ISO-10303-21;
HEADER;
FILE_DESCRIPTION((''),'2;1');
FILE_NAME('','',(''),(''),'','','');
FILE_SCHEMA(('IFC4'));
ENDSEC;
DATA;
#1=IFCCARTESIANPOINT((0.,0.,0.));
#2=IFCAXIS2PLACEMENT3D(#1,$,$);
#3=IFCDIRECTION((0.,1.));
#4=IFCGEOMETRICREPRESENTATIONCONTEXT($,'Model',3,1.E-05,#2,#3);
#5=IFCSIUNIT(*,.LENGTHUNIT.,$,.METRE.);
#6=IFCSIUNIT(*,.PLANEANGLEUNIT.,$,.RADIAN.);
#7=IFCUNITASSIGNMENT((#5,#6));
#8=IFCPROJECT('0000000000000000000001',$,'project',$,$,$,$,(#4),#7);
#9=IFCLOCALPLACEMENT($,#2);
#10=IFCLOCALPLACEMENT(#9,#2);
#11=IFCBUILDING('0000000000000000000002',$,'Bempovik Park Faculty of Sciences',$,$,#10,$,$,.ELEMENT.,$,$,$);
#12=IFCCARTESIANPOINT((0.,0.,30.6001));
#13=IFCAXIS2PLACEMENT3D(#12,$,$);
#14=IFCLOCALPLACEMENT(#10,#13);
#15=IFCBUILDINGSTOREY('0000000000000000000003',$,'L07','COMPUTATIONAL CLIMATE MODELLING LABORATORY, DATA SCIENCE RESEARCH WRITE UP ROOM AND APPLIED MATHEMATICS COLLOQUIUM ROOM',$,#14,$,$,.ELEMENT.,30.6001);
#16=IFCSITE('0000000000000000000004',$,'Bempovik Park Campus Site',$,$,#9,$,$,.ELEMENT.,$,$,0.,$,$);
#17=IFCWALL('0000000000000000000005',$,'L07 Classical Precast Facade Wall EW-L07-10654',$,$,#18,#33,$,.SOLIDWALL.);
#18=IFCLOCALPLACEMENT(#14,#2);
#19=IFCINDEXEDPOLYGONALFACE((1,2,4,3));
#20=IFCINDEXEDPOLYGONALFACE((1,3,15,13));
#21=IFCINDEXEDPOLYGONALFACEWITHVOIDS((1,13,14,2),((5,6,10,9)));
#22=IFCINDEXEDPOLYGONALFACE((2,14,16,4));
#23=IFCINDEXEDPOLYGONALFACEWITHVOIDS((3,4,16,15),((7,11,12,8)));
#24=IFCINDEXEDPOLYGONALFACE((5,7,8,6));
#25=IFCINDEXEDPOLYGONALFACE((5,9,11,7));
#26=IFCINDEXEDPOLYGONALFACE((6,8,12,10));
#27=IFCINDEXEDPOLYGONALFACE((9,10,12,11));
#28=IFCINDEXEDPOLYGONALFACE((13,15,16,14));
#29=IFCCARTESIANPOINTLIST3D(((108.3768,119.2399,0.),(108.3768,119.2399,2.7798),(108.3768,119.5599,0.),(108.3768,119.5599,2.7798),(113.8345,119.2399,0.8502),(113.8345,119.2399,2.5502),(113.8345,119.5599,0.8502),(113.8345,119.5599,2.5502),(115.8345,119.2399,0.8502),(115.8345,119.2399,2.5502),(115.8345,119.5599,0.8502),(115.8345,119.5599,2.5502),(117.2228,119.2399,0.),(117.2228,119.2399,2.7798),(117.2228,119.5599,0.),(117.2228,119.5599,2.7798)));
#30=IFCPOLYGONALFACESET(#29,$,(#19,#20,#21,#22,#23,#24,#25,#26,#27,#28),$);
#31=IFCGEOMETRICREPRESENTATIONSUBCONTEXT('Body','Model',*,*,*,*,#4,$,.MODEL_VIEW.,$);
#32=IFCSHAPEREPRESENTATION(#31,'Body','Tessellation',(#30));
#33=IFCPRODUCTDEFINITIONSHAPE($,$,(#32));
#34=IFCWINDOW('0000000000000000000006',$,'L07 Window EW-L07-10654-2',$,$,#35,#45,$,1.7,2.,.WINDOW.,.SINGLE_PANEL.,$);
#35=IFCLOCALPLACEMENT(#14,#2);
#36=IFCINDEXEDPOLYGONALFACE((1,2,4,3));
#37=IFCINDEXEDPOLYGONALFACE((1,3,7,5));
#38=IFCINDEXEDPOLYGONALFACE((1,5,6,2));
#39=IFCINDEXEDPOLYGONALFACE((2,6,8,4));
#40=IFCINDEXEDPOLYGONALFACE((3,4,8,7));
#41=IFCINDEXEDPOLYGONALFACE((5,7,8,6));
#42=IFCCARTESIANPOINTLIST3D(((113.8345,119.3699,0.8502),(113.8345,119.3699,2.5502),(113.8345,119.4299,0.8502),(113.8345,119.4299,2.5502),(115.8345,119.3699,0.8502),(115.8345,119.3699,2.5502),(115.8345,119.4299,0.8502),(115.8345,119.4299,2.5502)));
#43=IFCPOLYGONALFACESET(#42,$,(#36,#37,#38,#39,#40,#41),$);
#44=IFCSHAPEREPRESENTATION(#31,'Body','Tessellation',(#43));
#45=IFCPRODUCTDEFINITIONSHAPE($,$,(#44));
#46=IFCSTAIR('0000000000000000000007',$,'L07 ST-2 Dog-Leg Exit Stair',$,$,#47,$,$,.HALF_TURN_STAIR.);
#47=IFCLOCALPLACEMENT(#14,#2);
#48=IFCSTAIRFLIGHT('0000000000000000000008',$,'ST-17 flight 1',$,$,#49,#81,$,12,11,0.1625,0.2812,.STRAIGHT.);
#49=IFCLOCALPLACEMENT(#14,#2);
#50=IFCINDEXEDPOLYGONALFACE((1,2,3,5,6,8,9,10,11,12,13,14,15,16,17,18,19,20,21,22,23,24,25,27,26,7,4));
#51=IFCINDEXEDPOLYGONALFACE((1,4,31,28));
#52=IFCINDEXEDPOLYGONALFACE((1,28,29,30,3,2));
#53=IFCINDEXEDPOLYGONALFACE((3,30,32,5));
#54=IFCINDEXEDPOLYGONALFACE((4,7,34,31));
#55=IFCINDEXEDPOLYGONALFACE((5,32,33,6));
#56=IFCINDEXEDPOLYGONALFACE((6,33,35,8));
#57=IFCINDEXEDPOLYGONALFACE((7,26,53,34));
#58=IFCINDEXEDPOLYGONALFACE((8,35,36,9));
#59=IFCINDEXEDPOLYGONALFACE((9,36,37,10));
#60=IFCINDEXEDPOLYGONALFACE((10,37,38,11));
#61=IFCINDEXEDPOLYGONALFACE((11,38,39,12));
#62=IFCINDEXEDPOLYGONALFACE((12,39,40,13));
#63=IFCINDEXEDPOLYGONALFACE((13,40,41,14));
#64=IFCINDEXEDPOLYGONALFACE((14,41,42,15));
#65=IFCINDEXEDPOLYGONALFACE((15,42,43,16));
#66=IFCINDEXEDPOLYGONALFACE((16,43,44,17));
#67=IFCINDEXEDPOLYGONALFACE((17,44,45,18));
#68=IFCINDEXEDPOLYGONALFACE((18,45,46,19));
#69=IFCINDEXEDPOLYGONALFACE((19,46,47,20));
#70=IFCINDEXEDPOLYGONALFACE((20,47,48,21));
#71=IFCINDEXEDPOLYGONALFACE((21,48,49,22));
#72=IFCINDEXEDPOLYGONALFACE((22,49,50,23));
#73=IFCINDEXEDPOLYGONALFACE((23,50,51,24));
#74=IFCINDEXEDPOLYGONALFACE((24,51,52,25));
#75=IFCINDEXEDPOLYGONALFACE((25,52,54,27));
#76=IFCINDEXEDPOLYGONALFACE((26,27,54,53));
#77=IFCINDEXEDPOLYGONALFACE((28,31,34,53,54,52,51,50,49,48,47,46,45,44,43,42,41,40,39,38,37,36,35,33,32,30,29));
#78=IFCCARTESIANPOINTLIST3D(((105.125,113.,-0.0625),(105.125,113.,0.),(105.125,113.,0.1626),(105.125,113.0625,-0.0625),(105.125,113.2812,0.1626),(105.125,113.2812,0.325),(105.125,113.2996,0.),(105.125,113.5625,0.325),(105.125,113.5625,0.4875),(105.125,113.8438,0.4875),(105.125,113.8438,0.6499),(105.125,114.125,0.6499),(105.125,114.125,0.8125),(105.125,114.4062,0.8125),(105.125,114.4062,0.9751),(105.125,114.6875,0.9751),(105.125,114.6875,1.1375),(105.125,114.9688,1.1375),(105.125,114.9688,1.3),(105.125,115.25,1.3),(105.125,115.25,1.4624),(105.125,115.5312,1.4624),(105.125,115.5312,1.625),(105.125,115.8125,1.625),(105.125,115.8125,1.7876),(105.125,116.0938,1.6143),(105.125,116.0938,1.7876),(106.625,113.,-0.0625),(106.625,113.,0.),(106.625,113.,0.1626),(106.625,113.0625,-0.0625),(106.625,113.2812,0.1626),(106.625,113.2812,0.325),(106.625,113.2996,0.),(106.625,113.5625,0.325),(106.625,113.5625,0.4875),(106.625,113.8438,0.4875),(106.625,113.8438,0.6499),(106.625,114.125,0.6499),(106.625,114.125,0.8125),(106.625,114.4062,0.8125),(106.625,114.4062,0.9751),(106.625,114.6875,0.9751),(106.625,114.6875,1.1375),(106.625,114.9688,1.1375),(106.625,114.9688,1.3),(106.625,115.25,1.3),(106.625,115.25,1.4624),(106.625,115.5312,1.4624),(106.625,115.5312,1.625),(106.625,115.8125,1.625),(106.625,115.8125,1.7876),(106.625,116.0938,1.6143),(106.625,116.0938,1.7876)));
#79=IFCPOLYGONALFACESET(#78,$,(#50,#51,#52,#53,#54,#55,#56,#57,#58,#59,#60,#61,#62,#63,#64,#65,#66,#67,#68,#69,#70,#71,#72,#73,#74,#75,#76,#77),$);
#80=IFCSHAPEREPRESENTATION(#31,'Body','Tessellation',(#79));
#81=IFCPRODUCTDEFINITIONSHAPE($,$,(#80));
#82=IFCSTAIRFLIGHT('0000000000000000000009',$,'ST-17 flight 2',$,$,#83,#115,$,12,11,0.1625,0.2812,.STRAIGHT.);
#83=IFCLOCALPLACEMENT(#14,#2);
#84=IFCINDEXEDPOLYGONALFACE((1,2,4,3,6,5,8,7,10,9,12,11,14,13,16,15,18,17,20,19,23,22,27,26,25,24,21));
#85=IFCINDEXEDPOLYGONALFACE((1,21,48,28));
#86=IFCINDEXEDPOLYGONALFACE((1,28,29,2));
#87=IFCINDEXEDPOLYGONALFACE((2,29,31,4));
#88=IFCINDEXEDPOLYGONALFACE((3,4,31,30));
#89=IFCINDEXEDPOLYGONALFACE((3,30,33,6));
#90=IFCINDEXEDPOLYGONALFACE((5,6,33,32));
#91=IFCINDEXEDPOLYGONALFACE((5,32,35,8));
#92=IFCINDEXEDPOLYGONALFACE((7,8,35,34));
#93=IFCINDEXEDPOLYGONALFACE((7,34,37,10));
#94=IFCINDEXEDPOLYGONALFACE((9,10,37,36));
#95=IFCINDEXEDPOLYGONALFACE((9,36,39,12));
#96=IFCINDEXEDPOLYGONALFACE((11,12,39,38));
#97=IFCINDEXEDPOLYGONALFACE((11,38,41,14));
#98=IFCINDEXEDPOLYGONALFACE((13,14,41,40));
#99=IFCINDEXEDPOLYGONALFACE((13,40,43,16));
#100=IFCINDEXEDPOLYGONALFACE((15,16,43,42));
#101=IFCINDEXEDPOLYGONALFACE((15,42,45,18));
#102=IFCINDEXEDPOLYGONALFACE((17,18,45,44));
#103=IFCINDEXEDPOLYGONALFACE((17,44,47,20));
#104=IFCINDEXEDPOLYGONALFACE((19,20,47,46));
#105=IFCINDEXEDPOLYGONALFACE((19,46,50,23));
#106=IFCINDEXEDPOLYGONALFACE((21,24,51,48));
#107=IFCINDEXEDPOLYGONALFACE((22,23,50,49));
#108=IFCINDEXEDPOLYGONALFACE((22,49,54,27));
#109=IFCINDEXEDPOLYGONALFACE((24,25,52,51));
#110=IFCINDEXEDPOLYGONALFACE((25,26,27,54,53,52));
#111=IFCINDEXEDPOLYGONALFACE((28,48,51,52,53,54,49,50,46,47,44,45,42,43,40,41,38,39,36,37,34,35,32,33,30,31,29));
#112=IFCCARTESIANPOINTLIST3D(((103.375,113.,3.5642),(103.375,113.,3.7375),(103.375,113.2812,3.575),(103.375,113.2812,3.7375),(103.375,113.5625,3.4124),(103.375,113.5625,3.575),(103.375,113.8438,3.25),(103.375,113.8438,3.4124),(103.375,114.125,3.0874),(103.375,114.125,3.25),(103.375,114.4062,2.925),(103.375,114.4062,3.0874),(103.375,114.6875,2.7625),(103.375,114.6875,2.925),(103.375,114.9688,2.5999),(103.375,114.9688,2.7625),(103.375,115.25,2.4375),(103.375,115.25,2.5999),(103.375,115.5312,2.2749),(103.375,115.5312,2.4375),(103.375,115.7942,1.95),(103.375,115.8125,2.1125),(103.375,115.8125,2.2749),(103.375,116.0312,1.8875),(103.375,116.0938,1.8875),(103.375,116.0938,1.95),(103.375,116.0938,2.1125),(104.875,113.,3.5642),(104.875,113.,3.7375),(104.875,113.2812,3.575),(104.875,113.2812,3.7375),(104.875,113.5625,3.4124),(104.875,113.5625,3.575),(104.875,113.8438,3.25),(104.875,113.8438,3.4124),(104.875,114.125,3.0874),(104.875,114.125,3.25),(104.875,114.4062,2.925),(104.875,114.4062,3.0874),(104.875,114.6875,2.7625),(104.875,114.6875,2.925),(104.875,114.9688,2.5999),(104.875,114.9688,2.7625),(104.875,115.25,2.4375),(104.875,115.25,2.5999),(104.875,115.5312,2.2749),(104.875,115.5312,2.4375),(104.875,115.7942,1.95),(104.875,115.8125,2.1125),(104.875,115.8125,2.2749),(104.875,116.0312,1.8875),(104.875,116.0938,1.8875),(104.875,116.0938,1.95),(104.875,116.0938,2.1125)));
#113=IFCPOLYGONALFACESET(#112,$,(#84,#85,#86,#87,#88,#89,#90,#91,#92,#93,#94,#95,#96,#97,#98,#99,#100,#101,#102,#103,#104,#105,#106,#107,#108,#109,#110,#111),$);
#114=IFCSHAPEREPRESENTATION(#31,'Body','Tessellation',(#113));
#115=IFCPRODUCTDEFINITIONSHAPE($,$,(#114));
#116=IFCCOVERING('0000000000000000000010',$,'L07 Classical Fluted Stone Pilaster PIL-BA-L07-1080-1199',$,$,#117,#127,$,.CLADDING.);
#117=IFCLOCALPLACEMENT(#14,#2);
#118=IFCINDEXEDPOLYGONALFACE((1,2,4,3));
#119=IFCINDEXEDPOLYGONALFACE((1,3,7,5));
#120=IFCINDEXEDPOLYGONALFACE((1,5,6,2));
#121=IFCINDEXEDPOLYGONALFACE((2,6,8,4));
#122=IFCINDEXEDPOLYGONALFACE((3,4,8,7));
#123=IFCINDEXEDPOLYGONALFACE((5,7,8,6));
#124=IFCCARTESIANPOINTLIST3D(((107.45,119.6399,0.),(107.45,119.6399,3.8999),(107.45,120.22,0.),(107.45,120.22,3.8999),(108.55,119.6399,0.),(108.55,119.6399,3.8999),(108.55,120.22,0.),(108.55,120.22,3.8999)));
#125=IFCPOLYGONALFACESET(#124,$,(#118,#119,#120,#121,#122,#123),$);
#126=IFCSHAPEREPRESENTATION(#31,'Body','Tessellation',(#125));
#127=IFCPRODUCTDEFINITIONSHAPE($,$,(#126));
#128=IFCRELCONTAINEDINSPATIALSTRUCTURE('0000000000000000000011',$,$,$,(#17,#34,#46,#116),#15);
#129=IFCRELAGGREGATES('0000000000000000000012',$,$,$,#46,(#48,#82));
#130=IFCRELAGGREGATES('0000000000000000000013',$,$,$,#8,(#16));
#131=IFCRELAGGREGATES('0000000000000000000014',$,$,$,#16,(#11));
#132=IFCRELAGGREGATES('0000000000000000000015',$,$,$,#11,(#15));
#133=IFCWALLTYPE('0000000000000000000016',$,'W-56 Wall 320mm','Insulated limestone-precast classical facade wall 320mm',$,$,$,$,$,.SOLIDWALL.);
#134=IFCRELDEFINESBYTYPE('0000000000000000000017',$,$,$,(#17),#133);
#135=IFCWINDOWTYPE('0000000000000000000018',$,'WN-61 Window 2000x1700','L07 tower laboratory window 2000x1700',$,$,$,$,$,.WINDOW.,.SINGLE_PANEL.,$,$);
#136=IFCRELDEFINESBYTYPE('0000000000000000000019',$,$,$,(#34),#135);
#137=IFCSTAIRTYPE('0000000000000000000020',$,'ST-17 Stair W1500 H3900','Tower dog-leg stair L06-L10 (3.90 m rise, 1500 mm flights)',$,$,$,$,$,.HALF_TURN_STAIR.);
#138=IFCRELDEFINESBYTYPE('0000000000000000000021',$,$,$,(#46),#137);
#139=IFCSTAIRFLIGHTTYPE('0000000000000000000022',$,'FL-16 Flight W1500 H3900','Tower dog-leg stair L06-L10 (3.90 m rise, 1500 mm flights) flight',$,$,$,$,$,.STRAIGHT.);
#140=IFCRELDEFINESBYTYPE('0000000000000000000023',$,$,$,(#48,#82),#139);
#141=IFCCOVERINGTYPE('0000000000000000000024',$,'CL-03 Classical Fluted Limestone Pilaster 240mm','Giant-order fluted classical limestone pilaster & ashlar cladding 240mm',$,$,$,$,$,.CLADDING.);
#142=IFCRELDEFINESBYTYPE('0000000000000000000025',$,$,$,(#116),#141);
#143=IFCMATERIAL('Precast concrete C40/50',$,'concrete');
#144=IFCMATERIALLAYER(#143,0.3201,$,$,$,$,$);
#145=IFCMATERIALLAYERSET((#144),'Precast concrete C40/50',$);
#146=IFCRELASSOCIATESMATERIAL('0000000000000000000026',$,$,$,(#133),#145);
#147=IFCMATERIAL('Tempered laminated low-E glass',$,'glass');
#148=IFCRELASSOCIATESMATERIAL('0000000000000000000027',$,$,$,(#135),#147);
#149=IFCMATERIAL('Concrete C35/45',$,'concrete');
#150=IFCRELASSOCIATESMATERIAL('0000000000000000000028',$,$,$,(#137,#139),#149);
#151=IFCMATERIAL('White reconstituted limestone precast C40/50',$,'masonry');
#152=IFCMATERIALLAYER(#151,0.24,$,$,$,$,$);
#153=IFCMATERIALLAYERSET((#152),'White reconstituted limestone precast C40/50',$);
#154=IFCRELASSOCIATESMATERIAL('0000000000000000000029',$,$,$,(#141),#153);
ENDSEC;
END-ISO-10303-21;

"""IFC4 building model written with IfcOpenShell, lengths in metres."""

from ifc_helpers import new_model, si_unit, direction, frame, frame_2d, origin, origin_2d, place, context, subcontext, project, spatial, polyline, rectangle, outline, extrude, material, layer, layer_set, type_object, element, fill, aggregate, save


model = new_model("IFC4")

# Units and contexts
model_context = context("Model", 3, precision=1e-05, world=origin(), true_north=direction((0.0, 1.0)))
body_context = subcontext(model_context, "Body", "Model", "MODEL_VIEW")
ifc_project = project(units=[si_unit("LENGTHUNIT", "METRE"), si_unit("PLANEANGLEUNIT", "RADIAN")], contexts=[model_context])

# Site, building, storey
site_placement = place(None, origin())
site = spatial("IfcSite", under=ifc_project, at=site_placement, Name="Bempovik Park Campus Site", CompositionType="ELEMENT", RefElevation=0.0)
building_placement = place(site_placement, origin())
building = spatial("IfcBuilding", under=site, at=building_placement, Name="Bempovik Park Faculty of Sciences", CompositionType="ELEMENT")
storey_placement = place(building_placement, frame((0.0, 0.0, 30.6001)))
storey = spatial("IfcBuildingStorey", under=building, at=storey_placement, Name="L07", Description="COMPUTATIONAL CLIMATE MODELLING LABORATORY, DATA SCIENCE RESEARCH WRITE UP ROOM AND APPLIED MATHEMATICS COLLOQUIUM ROOM", CompositionType="ELEMENT", Elevation=30.6001)

# Shared definitions
ifc_material_1 = material(Name="Concrete C35/45", Category="concrete")

# Wall, opening, window
ifc_material_2 = material(Name="Precast concrete C40/50", Category="concrete")
ifc_layer_1 = layer(ifc_material_2, 0.3201)
ifc_layer_set_1 = layer_set([ifc_layer_1], Name="Precast concrete C40/50")
wall_type_1 = type_object("IfcWallType", Name="W-56 Wall 320mm", Description="Insulated limestone-precast classical facade wall 320mm", PredefinedType="SOLIDWALL", material=ifc_layer_set_1)
wall_1_placement = place(storey_placement, frame((108.377, 119.3999, 0.0), z_axis=(0.0, 0.0, 1.0), x_axis=(1.0, 0.0, 0.0)))
wall_1 = element("IfcWall", 1, at=wall_1_placement, inside=storey, type_object=wall_type_1, Name="L07 Classical Precast Facade Wall EW-L07-10654", PredefinedType="SOLIDWALL", context=body_context, shape_type="SweptSolid", body=[
    extrude(rectangle(XDim=8.8459, YDim=0.3201, at=frame_2d((4.4229, 0.0))), origin(), (0.0, 0.0, 1.0), 2.7798),
])
opening_1_placement = place(wall_1_placement, frame((5.4575, 0.0, 0.8501)))
opening_1 = element("IfcOpeningElement", 2, at=opening_1_placement, cuts=wall_1, PredefinedType="OPENING", context=body_context, shape_type="SweptSolid", body=[
    extrude(rectangle(XDim=2.0, YDim=1.7, at=frame_2d((1.0, 0.8501))), frame((0.0, 0.1699, 0.0), z_axis=(0.0, -1.0, 0.0), x_axis=(1.0, 0.0, 0.0)), (0.0, 0.0, 1.0), 0.3401),
])
ifc_material_3 = material(Name="Tempered laminated low-E glass", Category="glass")
window_type = type_object("IfcWindowType", Name="WN-61 Window 2000x1700", Description="L07 tower laboratory window 2000x1700", PartitioningType="SINGLE_PANEL", PredefinedType="WINDOW", material=ifc_material_3)
window_placement = place(opening_1_placement, origin())
window = element("IfcWindow", 3, at=window_placement, inside=storey, type_object=window_type, Name="L07 Window EW-L07-10654-2", OverallHeight=1.7, OverallWidth=2.0, PartitioningType="SINGLE_PANEL", PredefinedType="WINDOW", context=body_context, shape_type="SweptSolid", body=[
    extrude(rectangle(XDim=2.0, YDim=1.7, at=frame_2d((1.0, 0.8501))), frame((0.0, 0.03, 0.0), z_axis=(0.0, -1.0, 0.0), x_axis=(1.0, 0.0, 0.0)), (0.0, 0.0, 1.0), 0.0601),
])
fill(opening_1, window)

# Stair, stair flights
stair_type = type_object("IfcStairType", Name="ST-17 Stair W1500 H3900", Description="Tower dog-leg stair L06-L10 (3.90 m rise, 1500 mm flights)", PredefinedType="HALF_TURN_STAIR", material=ifc_material_1)
stair_placement = place(storey_placement, origin())
stair = element("IfcStair", 4, at=stair_placement, inside=storey, type_object=stair_type, Name="L07 ST-2 Dog-Leg Exit Stair", PredefinedType="HALF_TURN_STAIR")
stair_flight_type = type_object("IfcStairFlightType", Name="FL-16 Flight W1500 H3900", Description="Tower dog-leg stair L06-L10 (3.90 m rise, 1500 mm flights) flight", PredefinedType="STRAIGHT", material=ifc_material_1)
stair_flight_1_placement = place(storey_placement, frame((105.875, 113.0, 0.0), z_axis=(0.0, 0.0, 1.0), x_axis=(0.0, 1.0, 0.0)))
stair_flight_1 = element("IfcStairFlight", 5, at=stair_flight_1_placement, type_object=stair_flight_type, Name="ST-17 flight 1", NumberOfRisers=12, NumberOfTreads=11, PredefinedType="STRAIGHT", RiserHeight=0.1625, TreadLength=0.2812, context=body_context, shape_type="SweptSolid", body=[
    extrude(outline(polyline([(0.0, 0.0), (0.0, 0.1626), (0.2812, 0.1626), (0.2812, 0.325), (0.5625, 0.325), (0.5625, 0.4875), (0.8438, 0.4875), (0.8438, 0.6499), (1.125, 0.6499), (1.125, 0.8125), (1.4062, 0.8125), (1.4062, 0.9751), (1.6875, 0.9751), (1.6875, 1.1375), (1.9688, 1.1375), (1.9688, 1.3), (2.25, 1.3), (2.25, 1.4624), (2.5312, 1.4624), (2.5312, 1.625), (2.8125, 1.625), (2.8125, 1.7876), (3.0938, 1.7876), (3.0938, 1.95), (3.0938, 1.6143), (0.2996, 0.0), (0.0625, -0.0625), (0.0, -0.0625), (0.0, 0.0)])), frame((0.0, 0.75, 0.0), z_axis=(0.0, -1.0, 0.0), x_axis=(1.0, 0.0, 0.0)), (0.0, 0.0, 1.0), 1.5),
])
stair_flight_2_placement = place(storey_placement, frame((104.125, 116.0938, 1.95), z_axis=(0.0, 0.0, 1.0), x_axis=(0.0, -1.0, 0.0)))
stair_flight_2 = element("IfcStairFlight", 6, at=stair_flight_2_placement, type_object=stair_flight_type, Name="ST-17 flight 2", NumberOfRisers=12, NumberOfTreads=11, PredefinedType="STRAIGHT", RiserHeight=0.1625, TreadLength=0.2812, context=body_context, shape_type="SweptSolid", body=[
    extrude(outline(polyline([(0.0, 0.0), (0.0, 0.1626), (0.2812, 0.1626), (0.2812, 0.325), (0.5625, 0.325), (0.5625, 0.4875), (0.8438, 0.4875), (0.8438, 0.6499), (1.125, 0.6499), (1.125, 0.8125), (1.4062, 0.8125), (1.4062, 0.9751), (1.6875, 0.9751), (1.6875, 1.1375), (1.9688, 1.1375), (1.9688, 1.3), (2.25, 1.3), (2.25, 1.4624), (2.5312, 1.4624), (2.5312, 1.625), (2.8125, 1.625), (2.8125, 1.7876), (3.0938, 1.7876), (3.0938, 1.95), (3.0938, 1.6143), (0.2996, 0.0), (0.0625, -0.0625), (0.0, -0.0625), (0.0, 0.0)])), frame((0.0, 0.75, 0.0), z_axis=(0.0, -1.0, 0.0), x_axis=(1.0, 0.0, 0.0)), (0.0, 0.0, 1.0), 1.5),
])
aggregate(stair, [stair_flight_1, stair_flight_2])

# Covering
ifc_material_4 = material(Name="White reconstituted limestone precast C40/50", Category="masonry")
ifc_layer_2 = layer(ifc_material_4, 0.24)
ifc_layer_set_2 = layer_set([ifc_layer_2], Name="White reconstituted limestone precast C40/50")
covering_type = type_object("IfcCoveringType", Name="CL-03 Classical Fluted Limestone Pilaster 240mm", Description="Giant-order fluted classical limestone pilaster & ashlar cladding 240mm", PredefinedType="CLADDING", material=ifc_layer_set_2)
covering_placement = place(storey_placement, frame((108.0, 119.9299, 0.0), z_axis=(0.0, 0.0, 1.0), x_axis=(1.0, 0.0, 0.0)))
element("IfcCovering", 7, at=covering_placement, inside=storey, type_object=covering_type, Name="L07 Classical Fluted Stone Pilaster PIL-BA-L07-1080-1199", PredefinedType="CLADDING", context=body_context, shape_type="SweptSolid", body=[
    extrude(rectangle(XDim=1.1001, YDim=0.5801, at=origin_2d()), origin(), (0.0, 0.0, 1.0), 3.8999),
])

save(model, "model.ifc")
